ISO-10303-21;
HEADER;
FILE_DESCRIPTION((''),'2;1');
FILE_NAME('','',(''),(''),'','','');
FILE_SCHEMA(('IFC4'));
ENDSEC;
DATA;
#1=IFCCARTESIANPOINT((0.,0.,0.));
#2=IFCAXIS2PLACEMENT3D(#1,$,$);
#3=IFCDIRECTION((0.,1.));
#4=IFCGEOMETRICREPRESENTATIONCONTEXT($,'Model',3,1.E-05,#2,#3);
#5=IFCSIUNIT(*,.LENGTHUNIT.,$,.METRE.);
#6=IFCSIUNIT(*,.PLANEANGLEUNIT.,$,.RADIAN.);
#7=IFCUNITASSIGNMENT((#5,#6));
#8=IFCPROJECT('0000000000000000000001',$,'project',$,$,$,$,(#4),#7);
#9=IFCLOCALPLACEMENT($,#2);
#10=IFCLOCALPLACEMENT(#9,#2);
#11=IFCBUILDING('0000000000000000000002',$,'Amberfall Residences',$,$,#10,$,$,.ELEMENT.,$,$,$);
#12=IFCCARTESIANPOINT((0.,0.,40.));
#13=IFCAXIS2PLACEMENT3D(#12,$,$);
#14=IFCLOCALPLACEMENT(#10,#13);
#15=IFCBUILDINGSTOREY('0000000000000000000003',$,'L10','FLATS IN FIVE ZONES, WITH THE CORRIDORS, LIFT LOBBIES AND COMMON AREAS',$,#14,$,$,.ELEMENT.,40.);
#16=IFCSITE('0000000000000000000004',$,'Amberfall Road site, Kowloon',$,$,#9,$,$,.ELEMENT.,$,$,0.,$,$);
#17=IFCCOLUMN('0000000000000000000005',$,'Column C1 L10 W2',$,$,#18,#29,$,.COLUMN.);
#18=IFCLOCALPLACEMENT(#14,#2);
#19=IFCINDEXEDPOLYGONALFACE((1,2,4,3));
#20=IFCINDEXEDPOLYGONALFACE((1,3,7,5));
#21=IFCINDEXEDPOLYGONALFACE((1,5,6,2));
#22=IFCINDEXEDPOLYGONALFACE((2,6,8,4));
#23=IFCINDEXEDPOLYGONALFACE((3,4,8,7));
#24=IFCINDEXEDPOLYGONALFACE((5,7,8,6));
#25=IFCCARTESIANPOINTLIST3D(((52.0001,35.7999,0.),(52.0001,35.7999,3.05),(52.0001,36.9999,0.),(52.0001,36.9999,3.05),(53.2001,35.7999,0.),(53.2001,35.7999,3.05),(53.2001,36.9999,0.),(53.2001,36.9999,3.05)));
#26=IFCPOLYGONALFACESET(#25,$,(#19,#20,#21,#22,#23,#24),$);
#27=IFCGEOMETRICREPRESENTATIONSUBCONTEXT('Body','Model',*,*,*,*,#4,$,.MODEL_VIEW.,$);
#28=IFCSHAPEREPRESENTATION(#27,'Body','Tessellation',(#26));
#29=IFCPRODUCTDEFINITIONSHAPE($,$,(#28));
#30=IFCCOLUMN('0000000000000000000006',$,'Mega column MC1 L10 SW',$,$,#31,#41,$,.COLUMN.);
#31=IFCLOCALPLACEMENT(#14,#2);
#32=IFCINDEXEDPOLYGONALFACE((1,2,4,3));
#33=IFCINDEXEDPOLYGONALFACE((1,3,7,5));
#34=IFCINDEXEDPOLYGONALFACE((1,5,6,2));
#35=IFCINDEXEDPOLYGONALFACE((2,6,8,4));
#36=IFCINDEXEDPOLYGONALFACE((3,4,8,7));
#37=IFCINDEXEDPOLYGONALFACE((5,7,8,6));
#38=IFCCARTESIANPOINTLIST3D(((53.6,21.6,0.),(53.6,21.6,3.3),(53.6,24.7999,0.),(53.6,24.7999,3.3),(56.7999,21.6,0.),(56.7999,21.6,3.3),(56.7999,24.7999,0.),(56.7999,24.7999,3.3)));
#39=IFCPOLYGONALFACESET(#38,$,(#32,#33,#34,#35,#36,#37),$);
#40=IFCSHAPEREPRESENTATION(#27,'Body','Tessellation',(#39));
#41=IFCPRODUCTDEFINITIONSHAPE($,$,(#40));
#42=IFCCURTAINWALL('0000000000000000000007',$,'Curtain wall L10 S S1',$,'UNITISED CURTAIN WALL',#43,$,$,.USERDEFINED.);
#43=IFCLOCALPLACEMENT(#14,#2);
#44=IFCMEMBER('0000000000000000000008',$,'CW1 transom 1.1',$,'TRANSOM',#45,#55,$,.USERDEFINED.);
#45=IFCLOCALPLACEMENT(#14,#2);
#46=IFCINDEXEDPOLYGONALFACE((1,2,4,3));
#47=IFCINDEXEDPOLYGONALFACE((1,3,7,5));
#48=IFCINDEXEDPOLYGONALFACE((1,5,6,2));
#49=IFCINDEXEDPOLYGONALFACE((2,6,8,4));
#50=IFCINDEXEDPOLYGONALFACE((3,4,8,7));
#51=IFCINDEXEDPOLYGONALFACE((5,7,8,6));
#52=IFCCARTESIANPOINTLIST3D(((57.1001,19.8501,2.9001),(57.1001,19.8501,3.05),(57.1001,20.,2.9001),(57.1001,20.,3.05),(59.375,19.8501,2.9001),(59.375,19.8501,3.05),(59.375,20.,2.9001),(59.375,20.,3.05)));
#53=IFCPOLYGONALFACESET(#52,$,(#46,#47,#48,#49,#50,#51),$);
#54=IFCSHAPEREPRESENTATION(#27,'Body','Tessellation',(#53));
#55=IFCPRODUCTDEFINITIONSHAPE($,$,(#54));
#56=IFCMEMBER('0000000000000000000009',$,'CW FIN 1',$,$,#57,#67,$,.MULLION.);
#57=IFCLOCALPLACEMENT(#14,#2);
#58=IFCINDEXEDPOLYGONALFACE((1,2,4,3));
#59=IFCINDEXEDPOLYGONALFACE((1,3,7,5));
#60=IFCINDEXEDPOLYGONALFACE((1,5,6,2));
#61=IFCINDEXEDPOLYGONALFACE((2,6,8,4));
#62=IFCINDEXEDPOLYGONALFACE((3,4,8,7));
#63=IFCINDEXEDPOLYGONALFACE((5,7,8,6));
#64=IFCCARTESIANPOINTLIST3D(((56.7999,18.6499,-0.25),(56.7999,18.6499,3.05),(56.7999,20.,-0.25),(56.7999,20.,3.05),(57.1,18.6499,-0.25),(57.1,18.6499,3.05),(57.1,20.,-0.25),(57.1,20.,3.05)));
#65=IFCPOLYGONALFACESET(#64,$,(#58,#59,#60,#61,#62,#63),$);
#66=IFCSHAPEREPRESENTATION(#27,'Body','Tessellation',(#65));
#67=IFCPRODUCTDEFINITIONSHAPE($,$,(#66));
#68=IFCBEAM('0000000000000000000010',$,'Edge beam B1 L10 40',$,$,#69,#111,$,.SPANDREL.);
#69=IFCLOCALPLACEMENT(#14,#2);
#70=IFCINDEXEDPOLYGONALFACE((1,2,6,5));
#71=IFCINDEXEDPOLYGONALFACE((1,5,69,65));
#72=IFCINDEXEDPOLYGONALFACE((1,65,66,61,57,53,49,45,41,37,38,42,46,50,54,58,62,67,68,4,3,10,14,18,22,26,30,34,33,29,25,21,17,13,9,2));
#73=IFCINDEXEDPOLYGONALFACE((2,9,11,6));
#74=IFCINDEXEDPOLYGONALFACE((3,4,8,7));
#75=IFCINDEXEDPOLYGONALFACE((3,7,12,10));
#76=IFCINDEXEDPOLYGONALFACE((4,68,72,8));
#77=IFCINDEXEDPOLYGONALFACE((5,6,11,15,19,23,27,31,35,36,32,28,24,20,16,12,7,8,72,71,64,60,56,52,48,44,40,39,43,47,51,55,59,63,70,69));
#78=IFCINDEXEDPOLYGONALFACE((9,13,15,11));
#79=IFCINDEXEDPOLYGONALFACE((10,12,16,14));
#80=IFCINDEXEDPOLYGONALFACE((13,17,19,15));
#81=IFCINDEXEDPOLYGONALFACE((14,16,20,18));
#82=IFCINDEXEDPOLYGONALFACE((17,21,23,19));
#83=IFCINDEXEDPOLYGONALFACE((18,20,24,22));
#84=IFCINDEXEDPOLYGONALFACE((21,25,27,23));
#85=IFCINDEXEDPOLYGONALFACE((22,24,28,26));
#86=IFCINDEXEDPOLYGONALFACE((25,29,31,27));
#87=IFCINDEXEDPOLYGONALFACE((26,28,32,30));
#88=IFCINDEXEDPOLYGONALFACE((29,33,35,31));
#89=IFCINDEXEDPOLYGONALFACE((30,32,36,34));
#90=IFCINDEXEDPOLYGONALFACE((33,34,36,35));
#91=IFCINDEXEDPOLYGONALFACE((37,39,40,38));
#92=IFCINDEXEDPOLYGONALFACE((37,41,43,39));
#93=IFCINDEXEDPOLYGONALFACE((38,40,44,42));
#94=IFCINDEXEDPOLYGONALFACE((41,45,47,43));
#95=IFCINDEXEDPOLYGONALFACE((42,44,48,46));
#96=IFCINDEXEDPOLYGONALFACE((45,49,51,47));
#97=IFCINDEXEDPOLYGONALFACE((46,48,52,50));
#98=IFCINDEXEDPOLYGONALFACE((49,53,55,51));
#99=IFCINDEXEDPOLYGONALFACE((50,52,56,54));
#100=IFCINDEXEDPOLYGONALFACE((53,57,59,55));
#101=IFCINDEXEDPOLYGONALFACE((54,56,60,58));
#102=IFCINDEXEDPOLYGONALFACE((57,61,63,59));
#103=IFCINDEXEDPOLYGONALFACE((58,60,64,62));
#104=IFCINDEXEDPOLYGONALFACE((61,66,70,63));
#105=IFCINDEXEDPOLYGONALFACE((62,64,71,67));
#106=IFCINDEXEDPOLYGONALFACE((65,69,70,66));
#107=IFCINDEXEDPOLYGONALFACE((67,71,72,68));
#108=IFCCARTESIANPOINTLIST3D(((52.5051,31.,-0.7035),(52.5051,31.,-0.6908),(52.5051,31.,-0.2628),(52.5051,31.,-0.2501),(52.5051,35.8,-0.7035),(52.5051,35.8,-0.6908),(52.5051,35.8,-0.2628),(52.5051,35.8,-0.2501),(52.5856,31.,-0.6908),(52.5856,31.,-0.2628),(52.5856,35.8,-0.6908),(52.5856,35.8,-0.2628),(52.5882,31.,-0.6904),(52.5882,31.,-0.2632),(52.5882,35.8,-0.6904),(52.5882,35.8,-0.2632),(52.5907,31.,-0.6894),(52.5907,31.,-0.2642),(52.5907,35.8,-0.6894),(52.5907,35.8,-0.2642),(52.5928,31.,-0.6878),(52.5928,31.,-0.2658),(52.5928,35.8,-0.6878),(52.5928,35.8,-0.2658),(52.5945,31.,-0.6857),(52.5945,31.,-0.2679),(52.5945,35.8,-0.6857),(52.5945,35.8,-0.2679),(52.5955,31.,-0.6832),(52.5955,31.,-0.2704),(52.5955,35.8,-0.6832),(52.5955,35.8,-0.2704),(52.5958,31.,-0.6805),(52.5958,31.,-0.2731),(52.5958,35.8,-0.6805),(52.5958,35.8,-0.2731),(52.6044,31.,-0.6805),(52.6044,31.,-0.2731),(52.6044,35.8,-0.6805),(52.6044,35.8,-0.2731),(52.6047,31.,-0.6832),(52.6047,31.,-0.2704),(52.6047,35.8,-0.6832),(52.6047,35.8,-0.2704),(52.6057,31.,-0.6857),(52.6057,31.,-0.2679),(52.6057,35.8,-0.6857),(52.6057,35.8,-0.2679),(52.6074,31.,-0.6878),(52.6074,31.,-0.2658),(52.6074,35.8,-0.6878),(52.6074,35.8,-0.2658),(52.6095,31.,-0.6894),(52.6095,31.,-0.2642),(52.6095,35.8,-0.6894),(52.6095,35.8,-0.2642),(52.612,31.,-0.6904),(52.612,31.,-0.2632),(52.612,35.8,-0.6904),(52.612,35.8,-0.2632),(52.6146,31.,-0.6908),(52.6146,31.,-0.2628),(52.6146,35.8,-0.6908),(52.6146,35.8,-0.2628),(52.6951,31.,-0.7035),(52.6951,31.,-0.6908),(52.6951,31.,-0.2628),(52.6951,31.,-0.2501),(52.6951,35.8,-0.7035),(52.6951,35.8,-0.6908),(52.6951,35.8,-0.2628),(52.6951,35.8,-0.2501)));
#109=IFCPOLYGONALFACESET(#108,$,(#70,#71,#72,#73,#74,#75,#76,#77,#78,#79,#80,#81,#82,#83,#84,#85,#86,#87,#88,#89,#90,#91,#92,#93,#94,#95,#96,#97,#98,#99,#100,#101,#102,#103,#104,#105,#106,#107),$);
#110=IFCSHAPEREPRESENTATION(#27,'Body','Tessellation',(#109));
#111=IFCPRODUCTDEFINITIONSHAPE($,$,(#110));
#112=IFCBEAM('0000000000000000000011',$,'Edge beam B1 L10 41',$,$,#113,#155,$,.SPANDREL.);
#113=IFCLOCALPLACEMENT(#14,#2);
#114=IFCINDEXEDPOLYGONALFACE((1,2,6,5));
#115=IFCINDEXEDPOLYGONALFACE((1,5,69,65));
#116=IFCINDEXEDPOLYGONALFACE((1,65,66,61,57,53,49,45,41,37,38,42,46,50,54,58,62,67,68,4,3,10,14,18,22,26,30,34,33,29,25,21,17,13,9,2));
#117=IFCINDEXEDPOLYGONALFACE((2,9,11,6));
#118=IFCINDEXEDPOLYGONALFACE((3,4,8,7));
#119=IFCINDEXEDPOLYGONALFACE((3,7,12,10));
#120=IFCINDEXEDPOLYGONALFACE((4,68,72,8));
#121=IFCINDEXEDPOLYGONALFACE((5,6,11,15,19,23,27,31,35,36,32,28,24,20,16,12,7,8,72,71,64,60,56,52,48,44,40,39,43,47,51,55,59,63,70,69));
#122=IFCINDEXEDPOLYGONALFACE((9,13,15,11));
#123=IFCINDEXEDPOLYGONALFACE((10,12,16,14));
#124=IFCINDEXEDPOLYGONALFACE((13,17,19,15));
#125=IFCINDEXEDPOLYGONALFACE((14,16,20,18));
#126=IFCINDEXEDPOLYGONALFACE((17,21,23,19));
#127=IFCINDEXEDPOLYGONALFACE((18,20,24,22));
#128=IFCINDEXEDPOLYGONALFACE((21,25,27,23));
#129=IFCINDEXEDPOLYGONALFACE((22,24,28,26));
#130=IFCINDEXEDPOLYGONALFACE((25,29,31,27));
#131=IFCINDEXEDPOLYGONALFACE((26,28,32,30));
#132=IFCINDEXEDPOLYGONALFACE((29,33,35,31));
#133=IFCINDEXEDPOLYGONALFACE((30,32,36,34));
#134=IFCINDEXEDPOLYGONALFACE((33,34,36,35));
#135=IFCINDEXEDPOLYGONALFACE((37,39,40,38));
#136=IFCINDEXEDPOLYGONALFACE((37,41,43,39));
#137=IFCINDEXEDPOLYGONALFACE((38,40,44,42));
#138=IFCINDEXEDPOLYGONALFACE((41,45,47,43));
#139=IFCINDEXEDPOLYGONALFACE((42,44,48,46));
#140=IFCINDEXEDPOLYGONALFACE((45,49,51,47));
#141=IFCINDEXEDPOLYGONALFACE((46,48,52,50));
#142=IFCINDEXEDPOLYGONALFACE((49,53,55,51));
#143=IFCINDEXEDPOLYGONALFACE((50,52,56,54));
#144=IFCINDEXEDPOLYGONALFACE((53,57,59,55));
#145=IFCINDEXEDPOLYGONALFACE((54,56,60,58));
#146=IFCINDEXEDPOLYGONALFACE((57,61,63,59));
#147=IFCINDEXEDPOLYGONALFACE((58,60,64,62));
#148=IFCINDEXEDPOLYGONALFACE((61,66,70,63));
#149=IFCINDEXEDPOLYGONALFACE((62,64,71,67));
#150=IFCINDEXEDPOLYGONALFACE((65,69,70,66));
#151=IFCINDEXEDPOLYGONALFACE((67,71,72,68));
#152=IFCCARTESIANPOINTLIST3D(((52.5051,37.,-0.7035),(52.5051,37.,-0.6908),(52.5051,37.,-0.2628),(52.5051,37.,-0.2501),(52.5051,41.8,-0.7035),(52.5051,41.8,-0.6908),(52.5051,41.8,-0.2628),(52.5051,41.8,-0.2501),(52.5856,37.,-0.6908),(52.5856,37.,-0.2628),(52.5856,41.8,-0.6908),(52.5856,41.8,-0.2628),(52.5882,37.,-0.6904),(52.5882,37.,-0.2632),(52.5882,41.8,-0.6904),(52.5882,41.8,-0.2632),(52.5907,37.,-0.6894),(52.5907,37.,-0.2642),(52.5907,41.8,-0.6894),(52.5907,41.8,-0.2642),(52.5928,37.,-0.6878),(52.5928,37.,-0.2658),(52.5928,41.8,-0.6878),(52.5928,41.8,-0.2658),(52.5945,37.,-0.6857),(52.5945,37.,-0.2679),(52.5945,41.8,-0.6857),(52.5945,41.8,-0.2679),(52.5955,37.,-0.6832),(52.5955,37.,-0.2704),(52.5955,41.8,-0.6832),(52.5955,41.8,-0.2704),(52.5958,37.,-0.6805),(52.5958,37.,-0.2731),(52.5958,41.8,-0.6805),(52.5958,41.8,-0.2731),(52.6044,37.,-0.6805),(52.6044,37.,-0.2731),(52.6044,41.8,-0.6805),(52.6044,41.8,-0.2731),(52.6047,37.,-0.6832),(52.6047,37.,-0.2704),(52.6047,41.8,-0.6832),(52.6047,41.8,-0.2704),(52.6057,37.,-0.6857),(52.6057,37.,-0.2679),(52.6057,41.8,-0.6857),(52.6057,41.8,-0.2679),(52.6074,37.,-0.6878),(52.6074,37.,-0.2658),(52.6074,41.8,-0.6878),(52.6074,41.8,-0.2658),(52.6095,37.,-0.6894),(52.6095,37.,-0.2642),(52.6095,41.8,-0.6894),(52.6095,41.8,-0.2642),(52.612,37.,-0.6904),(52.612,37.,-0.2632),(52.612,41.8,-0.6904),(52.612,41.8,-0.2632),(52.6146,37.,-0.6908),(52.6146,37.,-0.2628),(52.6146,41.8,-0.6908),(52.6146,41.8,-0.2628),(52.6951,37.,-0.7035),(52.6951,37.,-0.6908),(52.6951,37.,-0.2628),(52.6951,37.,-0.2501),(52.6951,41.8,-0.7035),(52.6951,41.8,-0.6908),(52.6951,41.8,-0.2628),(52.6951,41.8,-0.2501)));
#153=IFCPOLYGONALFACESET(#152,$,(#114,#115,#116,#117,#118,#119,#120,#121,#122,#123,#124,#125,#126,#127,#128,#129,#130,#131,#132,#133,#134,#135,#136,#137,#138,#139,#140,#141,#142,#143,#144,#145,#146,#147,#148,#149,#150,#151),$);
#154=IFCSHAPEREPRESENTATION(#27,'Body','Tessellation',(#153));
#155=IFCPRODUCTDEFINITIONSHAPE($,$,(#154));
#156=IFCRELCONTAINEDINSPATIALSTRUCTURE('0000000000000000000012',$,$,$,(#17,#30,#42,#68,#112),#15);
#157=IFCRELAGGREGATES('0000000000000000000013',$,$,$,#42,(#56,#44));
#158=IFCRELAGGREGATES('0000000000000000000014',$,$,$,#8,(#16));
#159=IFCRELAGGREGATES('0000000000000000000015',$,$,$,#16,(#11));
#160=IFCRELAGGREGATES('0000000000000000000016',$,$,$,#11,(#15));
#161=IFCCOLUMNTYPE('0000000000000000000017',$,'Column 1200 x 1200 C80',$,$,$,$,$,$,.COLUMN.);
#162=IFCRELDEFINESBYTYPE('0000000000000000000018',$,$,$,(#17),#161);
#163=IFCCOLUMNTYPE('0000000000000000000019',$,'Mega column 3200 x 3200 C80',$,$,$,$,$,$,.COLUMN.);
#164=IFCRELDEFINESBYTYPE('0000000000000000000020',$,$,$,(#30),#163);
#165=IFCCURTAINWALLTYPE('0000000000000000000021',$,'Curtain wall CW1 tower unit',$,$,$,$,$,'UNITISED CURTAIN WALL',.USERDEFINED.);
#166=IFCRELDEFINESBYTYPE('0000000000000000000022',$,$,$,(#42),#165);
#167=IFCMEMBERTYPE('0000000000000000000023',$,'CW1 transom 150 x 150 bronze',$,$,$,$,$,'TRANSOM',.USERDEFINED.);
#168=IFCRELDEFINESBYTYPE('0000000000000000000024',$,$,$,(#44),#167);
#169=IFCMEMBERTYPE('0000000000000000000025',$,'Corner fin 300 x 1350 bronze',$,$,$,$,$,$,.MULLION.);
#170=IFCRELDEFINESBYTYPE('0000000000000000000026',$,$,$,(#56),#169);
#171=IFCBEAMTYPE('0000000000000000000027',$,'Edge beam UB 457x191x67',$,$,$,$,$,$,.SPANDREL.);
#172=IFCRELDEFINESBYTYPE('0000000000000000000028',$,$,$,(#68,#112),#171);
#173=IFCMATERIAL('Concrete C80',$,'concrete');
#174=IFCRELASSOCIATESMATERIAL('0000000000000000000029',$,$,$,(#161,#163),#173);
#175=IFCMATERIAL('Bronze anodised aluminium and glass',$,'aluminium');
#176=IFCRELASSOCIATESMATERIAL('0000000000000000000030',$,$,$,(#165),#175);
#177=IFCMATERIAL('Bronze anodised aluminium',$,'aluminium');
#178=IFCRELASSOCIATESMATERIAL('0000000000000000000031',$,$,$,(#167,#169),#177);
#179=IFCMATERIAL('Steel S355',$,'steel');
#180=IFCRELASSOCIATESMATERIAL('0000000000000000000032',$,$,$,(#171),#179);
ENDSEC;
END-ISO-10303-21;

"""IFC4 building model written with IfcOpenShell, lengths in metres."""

from ifc_helpers import new_model, si_unit, direction, frame, origin, origin_2d, place, context, subcontext, project, spatial, rectangle, i_section, extrude, material, material_profile, profile_set, type_object, element, aggregate, save


model = new_model("IFC4")

# Units and contexts
model_context = context("Model", 3, precision=1e-05, world=origin(), true_north=direction((0.0, 1.0)))
body_context = subcontext(model_context, "Body", "Model", "MODEL_VIEW")
ifc_project = project(units=[si_unit("LENGTHUNIT", "METRE"), si_unit("PLANEANGLEUNIT", "RADIAN")], contexts=[model_context])

# Site, building, storey
site_placement = place(None, origin())
site = spatial("IfcSite", under=ifc_project, at=site_placement, Name="Amberfall Road site, Kowloon", CompositionType="ELEMENT", RefElevation=0.0)
building_placement = place(site_placement, origin())
building = spatial("IfcBuilding", under=site, at=building_placement, Name="Amberfall Residences", CompositionType="ELEMENT")
storey_placement = place(building_placement, frame((0.0, 0.0, 40.0)))
storey = spatial("IfcBuildingStorey", under=building, at=storey_placement, Name="L10", Description="FLATS IN FIVE ZONES, WITH THE CORRIDORS, LIFT LOBBIES AND COMMON AREAS", CompositionType="ELEMENT", Elevation=40.0)

# Columns
ifc_material_1 = material(Name="Concrete C80", Category="concrete")
ifc_material_profile_1 = material_profile(ifc_material_1, rectangle(XDim=1.2, YDim=1.2, at=origin_2d()), Name="Column 1200 x 1200 C80")
ifc_profile_set_1 = profile_set([ifc_material_profile_1], Name="Concrete C80")
column_type_1 = type_object("IfcColumnType", Name="Column 1200 x 1200 C80", PredefinedType="COLUMN", material=ifc_profile_set_1)
column_1_placement = place(storey_placement, frame((52.6001, 36.3999, 0.0), z_axis=(0.0, 0.0, 1.0), x_axis=(1.0, 0.0, 0.0)))
element("IfcColumn", 1, at=column_1_placement, inside=storey, type_object=column_type_1, Name="Column C1 L10 W2", PredefinedType="COLUMN", context=body_context, shape_type="SweptSolid", body=[
    extrude(rectangle(XDim=1.2, YDim=1.2, at=origin_2d()), origin(), (0.0, 0.0, 1.0), 3.05),
])
ifc_material_profile_2 = material_profile(ifc_material_1, rectangle(XDim=3.2, YDim=3.2, at=origin_2d()), Name="Mega column 3200 x 3200 C80")
ifc_profile_set_2 = profile_set([ifc_material_profile_2], Name="Concrete C80")
column_type_2 = type_object("IfcColumnType", Name="Mega column 3200 x 3200 C80", PredefinedType="COLUMN", material=ifc_profile_set_2)
column_2_placement = place(storey_placement, frame((55.2, 23.2, 0.0), z_axis=(0.0, 0.0, 1.0), x_axis=(1.0, 0.0, 0.0)))
element("IfcColumn", 2, at=column_2_placement, inside=storey, type_object=column_type_2, Name="Mega column MC1 L10 SW", PredefinedType="COLUMN", context=body_context, shape_type="SweptSolid", body=[
    extrude(rectangle(XDim=3.2, YDim=3.2, at=origin_2d()), origin(), (0.0, 0.0, 1.0), 3.3),
])

# Curtain wall, members
ifc_material_2 = material(Name="Bronze anodised aluminium and glass", Category="aluminium")
curtain_wall_type = type_object("IfcCurtainWallType", Name="Curtain wall CW1 tower unit", ElementType="UNITISED CURTAIN WALL", PredefinedType="USERDEFINED", material=ifc_material_2)
curtain_wall_placement = place(storey_placement, origin())
curtain_wall = element("IfcCurtainWall", 3, at=curtain_wall_placement, inside=storey, type_object=curtain_wall_type, Name="Curtain wall L10 S S1", ObjectType="UNITISED CURTAIN WALL", PredefinedType="USERDEFINED")
ifc_material_3 = material(Name="Bronze anodised aluminium", Category="aluminium")
ifc_material_profile_3 = material_profile(ifc_material_3, rectangle(XDim=0.1499, YDim=0.1499, at=origin_2d()), Name="CW1 transom 150 x 150 bronze")
ifc_profile_set_3 = profile_set([ifc_material_profile_3], Name="Bronze anodised aluminium")
member_type_1 = type_object("IfcMemberType", Name="CW1 transom 150 x 150 bronze", ElementType="TRANSOM", PredefinedType="USERDEFINED", material=ifc_profile_set_3)
member_1_placement = place(storey_placement, frame((57.1001, 19.925, 2.9751), z_axis=(1.0, 0.0, 0.0), x_axis=(0.0, 1.0, 0.0)))
member_1 = element("IfcMember", 4, at=member_1_placement, type_object=member_type_1, Name="CW1 transom 1.1", ObjectType="TRANSOM", PredefinedType="USERDEFINED", context=body_context, shape_type="SweptSolid", body=[
    extrude(rectangle(XDim=0.1499, YDim=0.1499, at=origin_2d()), origin(), (0.0, 0.0, 1.0), 2.2749),
])
ifc_material_profile_4 = material_profile(ifc_material_3, rectangle(XDim=1.3501, YDim=0.3, at=origin_2d()), Name="Corner fin 300 x 1350 bronze")
ifc_profile_set_4 = profile_set([ifc_material_profile_4], Name="Bronze anodised aluminium")
member_type_2 = type_object("IfcMemberType", Name="Corner fin 300 x 1350 bronze", PredefinedType="MULLION", material=ifc_profile_set_4)
member_2_placement = place(storey_placement, frame((56.95, 19.325, -0.25), z_axis=(0.0, 0.0, 1.0), x_axis=(0.0, 1.0, 0.0)))
member_2 = element("IfcMember", 5, at=member_2_placement, type_object=member_type_2, Name="CW FIN 1", PredefinedType="MULLION", context=body_context, shape_type="SweptSolid", body=[
    extrude(rectangle(XDim=1.3501, YDim=0.3, at=origin_2d()), origin(), (0.0, 0.0, 1.0), 3.3),
])

# Beams
ifc_material_4 = material(Name="Steel S355", Category="steel")
ifc_material_profile_5 = material_profile(ifc_material_4, i_section(OverallWidth=0.1899, OverallDepth=0.4534, WebThickness=0.0085, FlangeThickness=0.0127, FilletRadius=0.0103, at=origin_2d()), Name="UB 457x191x67")
ifc_profile_set_5 = profile_set([ifc_material_profile_5], Name="Steel S355")
beam_type_1 = type_object("IfcBeamType", Name="Edge beam UB 457x191x67", PredefinedType="SPANDREL", material=ifc_profile_set_5)
for number, where, z_axis, x_axis, name in (
    (6, (52.6001, 31.0, -0.4768), (0.0, 1.0, 0.0), (-1.0, 0.0, 0.0), "Edge beam B1 L10 40"),
    (7, (52.6001, 37.0, -0.4768), (0.0, 1.0, 0.0), (-1.0, 0.0, 0.0), "Edge beam B1 L10 41"),
):
    element("IfcBeam", number, at=place(storey_placement, frame(where, z_axis=z_axis, x_axis=x_axis)), inside=storey, type_object=beam_type_1, Name=name, PredefinedType="SPANDREL", context=body_context, shape_type="SweptSolid", body=[
        extrude(i_section(OverallWidth=0.1899, OverallDepth=0.4534, WebThickness=0.0085, FlangeThickness=0.0127, FilletRadius=0.0103, at=origin_2d()), origin(), (0.0, 0.0, 1.0), 4.8),
    ])

aggregate(curtain_wall, [member_2, member_1])

save(model, "model.ifc")
